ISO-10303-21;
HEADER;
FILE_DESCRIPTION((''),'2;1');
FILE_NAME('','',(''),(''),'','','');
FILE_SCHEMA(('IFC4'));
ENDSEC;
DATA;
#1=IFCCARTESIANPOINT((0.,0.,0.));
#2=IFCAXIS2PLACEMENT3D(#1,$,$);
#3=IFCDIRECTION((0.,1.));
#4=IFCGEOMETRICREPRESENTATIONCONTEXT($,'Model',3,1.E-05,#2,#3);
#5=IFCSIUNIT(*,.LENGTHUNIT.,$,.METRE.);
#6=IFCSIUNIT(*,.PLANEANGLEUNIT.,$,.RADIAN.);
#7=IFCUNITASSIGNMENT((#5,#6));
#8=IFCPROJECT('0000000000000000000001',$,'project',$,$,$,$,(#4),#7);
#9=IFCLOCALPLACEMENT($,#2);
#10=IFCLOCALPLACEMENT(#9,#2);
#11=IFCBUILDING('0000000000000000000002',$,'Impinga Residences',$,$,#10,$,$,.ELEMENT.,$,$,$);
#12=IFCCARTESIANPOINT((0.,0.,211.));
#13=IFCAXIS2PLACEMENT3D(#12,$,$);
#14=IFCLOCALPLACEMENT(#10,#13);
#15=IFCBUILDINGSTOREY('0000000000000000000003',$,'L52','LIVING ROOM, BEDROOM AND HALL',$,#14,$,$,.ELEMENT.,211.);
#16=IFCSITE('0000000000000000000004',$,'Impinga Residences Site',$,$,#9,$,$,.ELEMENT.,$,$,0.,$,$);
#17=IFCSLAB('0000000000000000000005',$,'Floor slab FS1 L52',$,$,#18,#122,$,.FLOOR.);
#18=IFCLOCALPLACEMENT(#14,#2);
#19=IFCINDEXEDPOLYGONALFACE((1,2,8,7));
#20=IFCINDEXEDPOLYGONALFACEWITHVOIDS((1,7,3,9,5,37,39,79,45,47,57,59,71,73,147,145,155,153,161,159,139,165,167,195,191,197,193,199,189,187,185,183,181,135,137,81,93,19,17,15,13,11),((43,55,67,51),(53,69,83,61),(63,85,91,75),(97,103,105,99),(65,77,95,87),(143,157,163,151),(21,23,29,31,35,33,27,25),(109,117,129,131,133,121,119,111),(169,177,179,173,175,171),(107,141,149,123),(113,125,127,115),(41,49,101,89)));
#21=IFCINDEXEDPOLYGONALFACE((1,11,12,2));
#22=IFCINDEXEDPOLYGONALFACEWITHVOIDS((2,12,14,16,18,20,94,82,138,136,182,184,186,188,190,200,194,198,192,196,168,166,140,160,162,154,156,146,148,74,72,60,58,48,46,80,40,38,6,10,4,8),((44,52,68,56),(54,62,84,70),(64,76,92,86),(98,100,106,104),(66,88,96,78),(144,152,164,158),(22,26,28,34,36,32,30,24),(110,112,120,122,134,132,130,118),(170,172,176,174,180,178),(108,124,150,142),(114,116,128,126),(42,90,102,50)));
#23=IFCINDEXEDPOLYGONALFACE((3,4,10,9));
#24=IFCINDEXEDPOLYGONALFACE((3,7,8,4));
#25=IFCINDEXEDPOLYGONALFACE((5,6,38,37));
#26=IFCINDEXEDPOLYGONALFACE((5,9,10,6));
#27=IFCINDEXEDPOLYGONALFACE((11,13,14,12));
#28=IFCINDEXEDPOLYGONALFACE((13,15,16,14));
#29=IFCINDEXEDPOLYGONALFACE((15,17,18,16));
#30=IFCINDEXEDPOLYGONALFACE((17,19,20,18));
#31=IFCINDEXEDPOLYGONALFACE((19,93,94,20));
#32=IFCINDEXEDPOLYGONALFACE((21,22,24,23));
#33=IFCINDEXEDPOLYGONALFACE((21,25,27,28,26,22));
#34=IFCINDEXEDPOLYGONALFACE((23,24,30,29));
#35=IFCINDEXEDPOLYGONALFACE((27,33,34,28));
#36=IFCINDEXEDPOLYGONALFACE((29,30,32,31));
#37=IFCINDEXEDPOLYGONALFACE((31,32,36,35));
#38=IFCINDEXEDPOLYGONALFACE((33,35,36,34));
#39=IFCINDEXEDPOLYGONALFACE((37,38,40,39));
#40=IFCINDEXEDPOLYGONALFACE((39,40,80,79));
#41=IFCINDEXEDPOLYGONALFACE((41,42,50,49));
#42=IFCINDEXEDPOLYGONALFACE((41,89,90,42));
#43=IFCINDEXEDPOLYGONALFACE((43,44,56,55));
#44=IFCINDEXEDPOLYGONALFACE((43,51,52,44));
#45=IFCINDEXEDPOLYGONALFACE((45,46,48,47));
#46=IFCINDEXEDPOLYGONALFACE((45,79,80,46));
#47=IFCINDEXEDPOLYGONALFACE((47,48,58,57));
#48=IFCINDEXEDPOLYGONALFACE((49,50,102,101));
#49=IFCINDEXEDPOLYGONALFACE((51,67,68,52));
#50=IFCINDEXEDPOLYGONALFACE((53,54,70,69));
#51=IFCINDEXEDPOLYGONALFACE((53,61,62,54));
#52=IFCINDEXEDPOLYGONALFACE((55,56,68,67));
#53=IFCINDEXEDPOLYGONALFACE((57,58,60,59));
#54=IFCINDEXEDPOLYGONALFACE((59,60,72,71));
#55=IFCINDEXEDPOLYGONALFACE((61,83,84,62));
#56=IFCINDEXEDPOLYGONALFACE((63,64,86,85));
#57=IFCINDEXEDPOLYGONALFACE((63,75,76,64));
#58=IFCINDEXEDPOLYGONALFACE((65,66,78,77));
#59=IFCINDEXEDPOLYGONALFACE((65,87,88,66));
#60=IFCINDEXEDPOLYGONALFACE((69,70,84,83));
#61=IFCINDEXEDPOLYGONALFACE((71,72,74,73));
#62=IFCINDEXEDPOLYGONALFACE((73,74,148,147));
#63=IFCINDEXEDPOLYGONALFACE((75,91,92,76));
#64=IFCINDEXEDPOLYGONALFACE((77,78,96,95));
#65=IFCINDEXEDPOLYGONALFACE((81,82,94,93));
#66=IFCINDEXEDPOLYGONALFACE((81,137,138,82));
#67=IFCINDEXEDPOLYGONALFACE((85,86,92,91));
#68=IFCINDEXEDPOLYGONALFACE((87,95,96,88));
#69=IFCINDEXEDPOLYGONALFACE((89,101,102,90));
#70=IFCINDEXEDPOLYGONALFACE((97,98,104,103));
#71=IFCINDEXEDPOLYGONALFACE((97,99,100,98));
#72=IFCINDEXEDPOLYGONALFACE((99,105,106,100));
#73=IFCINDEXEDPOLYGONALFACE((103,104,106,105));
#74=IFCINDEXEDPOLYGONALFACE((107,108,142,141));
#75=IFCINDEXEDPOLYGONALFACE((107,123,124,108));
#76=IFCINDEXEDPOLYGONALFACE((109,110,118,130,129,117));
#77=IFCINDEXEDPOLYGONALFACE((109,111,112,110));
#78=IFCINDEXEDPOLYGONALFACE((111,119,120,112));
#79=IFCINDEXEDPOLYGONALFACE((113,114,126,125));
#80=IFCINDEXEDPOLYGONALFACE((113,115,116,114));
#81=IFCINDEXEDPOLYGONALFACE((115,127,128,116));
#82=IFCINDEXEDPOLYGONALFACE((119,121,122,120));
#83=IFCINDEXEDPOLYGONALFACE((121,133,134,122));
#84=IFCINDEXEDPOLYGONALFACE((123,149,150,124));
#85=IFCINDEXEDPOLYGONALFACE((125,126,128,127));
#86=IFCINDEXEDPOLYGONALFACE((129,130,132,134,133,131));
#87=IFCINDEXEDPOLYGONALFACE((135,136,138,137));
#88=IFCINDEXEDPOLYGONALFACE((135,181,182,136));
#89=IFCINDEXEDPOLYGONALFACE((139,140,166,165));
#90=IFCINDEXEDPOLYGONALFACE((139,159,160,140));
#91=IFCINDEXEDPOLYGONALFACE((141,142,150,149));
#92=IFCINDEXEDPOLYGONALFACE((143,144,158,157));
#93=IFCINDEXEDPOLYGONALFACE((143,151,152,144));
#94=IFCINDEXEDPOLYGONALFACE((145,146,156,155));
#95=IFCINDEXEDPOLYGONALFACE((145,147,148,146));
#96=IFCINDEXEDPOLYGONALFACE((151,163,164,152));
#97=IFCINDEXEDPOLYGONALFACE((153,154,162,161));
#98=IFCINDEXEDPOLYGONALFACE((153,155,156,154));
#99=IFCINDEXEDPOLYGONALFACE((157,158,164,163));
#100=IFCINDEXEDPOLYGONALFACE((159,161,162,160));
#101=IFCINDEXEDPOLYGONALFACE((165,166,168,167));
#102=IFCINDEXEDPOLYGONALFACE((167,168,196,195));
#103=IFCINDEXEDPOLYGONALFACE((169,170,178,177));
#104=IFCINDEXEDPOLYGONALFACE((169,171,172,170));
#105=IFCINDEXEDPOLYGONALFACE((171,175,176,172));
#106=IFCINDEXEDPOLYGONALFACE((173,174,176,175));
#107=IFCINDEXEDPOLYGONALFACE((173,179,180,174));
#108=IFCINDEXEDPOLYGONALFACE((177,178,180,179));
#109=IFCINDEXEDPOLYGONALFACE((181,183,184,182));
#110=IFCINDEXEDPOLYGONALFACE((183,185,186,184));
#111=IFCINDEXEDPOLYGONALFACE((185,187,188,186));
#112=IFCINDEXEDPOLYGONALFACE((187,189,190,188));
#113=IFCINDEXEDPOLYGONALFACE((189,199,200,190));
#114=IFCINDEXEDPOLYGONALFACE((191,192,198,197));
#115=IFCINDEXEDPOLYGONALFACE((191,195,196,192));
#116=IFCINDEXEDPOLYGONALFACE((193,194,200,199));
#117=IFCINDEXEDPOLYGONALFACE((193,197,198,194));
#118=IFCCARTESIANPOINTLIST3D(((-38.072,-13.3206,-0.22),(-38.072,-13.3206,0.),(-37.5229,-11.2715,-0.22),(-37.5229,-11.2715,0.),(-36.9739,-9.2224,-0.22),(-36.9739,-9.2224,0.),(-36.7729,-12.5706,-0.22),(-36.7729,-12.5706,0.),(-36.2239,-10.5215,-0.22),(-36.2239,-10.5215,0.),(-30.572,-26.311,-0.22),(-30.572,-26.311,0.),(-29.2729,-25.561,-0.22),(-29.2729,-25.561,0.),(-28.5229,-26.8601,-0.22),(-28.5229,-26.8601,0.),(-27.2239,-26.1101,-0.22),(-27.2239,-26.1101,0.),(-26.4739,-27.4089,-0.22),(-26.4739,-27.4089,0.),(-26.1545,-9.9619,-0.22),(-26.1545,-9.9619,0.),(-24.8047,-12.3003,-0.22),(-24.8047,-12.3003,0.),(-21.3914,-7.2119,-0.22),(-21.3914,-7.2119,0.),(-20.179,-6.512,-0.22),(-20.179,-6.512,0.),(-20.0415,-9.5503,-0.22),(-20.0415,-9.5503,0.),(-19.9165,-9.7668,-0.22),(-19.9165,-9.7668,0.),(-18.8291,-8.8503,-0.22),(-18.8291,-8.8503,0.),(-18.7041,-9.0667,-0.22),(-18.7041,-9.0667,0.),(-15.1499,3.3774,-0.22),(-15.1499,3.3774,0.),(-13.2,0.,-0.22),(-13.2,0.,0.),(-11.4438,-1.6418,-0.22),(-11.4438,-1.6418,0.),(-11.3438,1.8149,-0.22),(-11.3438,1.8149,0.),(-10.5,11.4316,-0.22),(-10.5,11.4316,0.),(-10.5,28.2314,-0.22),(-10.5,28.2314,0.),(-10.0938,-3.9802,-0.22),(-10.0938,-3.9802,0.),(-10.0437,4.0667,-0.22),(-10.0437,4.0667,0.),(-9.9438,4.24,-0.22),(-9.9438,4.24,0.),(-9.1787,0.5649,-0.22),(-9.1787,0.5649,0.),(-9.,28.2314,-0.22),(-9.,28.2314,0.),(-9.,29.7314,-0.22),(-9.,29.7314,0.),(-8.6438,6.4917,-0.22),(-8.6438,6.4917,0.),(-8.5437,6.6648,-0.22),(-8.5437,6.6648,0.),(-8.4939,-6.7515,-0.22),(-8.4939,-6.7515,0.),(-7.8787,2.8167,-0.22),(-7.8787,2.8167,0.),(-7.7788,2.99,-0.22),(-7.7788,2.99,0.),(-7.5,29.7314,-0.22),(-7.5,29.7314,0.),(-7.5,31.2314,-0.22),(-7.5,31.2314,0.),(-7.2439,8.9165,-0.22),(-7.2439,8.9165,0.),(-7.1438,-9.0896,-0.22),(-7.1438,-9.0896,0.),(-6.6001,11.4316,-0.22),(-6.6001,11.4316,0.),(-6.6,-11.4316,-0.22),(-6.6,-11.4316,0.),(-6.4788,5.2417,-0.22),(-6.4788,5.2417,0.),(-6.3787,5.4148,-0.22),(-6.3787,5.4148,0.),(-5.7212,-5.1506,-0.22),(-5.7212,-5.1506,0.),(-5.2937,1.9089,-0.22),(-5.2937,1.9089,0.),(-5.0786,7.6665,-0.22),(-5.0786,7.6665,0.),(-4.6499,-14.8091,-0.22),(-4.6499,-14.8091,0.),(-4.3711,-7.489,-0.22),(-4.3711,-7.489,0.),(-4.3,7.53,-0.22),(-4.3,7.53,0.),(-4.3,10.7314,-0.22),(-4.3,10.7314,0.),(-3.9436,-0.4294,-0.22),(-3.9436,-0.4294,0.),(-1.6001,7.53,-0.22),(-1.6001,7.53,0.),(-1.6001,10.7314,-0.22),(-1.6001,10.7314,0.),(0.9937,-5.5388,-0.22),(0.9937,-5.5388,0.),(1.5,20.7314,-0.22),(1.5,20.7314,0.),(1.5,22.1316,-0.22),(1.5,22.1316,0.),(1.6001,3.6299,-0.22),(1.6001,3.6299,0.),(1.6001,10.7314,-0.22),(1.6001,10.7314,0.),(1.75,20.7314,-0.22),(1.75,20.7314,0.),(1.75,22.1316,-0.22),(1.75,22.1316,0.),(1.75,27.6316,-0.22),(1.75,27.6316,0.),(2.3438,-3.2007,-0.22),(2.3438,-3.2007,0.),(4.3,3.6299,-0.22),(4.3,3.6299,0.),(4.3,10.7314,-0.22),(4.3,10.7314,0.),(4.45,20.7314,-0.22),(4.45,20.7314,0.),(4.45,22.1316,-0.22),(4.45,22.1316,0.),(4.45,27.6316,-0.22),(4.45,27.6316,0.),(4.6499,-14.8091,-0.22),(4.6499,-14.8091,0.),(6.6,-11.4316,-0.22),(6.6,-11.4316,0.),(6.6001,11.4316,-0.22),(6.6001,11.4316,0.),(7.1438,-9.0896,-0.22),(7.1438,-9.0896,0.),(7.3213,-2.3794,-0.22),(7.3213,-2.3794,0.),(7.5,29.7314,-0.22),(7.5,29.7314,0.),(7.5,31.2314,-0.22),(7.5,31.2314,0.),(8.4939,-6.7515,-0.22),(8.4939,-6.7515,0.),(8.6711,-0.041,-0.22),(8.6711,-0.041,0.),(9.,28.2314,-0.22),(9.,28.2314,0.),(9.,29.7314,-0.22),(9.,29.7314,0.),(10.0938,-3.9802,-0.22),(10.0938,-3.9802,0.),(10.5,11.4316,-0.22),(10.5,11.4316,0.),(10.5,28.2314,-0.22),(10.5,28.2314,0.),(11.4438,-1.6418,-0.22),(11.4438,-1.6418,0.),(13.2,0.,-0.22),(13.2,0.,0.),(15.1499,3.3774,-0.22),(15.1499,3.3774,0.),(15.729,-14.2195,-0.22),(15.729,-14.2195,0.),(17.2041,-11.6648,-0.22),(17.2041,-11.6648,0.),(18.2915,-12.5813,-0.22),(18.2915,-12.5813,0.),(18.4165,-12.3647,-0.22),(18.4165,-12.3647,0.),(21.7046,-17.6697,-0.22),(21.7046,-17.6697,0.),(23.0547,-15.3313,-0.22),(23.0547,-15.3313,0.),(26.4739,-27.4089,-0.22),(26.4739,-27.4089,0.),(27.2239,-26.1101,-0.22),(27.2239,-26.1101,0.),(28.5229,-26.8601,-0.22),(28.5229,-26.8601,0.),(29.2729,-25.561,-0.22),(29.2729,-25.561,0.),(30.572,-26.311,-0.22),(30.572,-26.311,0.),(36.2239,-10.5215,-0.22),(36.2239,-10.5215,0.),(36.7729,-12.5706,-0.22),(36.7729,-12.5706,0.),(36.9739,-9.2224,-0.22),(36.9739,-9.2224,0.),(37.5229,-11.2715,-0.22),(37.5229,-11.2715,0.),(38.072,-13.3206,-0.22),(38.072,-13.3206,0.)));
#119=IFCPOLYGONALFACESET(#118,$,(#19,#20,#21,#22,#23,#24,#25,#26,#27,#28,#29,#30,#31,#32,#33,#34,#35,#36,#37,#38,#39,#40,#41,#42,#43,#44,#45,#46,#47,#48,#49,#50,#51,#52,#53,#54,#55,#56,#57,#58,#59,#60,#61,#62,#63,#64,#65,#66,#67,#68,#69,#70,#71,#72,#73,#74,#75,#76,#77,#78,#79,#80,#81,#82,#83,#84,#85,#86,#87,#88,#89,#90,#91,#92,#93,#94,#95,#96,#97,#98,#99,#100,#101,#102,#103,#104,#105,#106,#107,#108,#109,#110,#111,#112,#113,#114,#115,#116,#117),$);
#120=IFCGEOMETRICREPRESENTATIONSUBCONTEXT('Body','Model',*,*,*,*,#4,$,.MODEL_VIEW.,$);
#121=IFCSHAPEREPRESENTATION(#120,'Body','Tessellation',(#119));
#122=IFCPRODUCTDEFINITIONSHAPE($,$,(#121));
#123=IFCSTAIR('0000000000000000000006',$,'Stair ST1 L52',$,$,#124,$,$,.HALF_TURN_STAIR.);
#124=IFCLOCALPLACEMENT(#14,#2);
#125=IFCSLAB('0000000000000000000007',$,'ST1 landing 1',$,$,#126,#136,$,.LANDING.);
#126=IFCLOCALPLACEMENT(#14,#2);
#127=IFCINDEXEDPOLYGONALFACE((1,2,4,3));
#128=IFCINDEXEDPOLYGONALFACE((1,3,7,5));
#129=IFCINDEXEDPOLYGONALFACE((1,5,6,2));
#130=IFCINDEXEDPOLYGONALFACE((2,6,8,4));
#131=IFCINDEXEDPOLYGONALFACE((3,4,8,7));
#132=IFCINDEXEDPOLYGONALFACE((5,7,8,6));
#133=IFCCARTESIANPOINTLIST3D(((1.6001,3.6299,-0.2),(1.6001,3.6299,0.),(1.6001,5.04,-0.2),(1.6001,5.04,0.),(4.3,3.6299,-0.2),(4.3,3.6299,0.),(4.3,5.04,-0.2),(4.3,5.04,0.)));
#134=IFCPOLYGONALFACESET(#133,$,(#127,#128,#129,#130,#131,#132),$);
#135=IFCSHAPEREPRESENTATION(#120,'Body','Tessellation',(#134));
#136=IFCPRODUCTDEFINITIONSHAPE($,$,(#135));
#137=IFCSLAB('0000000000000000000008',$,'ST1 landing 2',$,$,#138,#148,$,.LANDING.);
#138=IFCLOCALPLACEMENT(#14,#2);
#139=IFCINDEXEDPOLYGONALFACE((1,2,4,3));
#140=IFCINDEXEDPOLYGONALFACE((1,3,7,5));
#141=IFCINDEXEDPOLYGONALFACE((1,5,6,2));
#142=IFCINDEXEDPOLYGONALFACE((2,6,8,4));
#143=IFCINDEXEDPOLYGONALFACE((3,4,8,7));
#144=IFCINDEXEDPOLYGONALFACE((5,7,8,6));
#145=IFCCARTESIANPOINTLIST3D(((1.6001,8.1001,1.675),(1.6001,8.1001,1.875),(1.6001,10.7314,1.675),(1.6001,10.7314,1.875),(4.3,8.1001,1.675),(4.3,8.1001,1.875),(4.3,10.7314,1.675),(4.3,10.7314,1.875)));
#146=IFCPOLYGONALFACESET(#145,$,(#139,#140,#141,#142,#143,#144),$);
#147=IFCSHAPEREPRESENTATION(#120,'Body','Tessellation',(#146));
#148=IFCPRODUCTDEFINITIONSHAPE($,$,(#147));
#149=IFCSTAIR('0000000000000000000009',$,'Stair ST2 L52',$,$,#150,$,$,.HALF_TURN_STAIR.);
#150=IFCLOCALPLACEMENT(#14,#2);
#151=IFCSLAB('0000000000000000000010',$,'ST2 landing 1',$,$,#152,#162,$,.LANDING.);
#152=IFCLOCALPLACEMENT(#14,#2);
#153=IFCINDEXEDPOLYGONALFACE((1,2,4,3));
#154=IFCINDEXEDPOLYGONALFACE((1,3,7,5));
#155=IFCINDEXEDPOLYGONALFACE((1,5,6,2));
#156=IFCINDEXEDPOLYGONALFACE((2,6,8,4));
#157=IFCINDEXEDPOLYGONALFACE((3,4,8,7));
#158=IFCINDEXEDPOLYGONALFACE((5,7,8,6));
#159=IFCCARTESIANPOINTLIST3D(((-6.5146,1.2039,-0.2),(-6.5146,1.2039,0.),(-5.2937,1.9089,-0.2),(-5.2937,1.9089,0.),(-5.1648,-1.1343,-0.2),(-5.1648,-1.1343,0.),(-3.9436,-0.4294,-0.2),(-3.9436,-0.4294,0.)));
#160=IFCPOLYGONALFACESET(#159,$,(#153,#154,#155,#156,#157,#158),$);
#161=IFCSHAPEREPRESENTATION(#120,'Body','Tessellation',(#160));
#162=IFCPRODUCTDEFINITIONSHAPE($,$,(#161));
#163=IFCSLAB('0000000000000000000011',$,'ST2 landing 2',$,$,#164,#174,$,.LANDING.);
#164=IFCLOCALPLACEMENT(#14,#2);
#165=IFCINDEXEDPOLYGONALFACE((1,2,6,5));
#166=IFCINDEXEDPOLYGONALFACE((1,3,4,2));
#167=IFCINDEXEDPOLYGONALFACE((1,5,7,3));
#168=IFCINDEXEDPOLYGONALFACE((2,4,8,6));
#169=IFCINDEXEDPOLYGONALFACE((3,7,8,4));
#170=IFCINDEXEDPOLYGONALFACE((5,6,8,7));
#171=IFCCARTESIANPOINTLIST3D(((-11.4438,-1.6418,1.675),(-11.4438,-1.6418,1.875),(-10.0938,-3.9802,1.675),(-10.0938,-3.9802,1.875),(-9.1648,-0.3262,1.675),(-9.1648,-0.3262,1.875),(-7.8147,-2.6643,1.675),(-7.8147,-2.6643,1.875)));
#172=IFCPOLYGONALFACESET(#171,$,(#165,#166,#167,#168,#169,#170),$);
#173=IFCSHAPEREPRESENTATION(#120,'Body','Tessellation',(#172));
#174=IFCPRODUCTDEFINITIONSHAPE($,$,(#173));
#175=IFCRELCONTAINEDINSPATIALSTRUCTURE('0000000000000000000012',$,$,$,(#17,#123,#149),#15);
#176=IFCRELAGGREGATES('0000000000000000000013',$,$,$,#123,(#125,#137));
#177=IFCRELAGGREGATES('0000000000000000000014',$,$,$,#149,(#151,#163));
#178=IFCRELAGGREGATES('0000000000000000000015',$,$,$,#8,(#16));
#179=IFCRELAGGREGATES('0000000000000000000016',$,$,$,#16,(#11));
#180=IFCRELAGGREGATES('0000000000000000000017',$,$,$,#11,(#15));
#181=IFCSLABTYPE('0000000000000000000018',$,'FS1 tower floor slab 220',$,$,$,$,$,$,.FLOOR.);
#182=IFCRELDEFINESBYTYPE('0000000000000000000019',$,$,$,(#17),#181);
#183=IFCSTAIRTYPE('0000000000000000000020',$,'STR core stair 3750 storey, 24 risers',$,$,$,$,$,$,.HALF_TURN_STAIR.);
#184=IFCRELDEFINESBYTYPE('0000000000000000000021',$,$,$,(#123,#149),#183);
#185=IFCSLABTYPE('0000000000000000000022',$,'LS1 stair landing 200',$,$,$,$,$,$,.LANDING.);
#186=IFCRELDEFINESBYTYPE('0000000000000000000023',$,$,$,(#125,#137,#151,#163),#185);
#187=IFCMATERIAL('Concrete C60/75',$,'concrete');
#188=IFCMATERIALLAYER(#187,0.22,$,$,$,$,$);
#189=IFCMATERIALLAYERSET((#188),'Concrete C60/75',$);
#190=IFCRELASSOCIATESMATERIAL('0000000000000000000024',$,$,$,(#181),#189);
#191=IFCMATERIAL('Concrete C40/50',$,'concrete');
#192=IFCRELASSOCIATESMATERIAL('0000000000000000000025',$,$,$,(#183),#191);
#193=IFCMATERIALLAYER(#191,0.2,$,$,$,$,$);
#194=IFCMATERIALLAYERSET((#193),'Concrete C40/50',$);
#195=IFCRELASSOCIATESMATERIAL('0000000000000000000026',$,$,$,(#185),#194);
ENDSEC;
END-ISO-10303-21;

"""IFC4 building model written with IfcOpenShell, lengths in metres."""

from ifc_helpers import new_model, si_unit, direction, frame, origin, place, context, subcontext, project, spatial, polyline, outline, extrude, material, layer, layer_set, type_object, element, aggregate, save


model = new_model("IFC4")

# Units and contexts
model_context = context("Model", 3, precision=1e-05, world=origin(), true_north=direction((0.0, 1.0)))
body_context = subcontext(model_context, "Body", "Model", "MODEL_VIEW")
ifc_project = project(units=[si_unit("LENGTHUNIT", "METRE"), si_unit("PLANEANGLEUNIT", "RADIAN")], contexts=[model_context])

# Site, building, storey
site_placement = place(None, origin())
site = spatial("IfcSite", under=ifc_project, at=site_placement, Name="Impinga Residences Site", CompositionType="ELEMENT", RefElevation=0.0)
building_placement = place(site_placement, origin())
building = spatial("IfcBuilding", under=site, at=building_placement, Name="Impinga Residences", CompositionType="ELEMENT")
storey_placement = place(building_placement, frame((0.0, 0.0, 211.0)))
storey = spatial("IfcBuildingStorey", under=building, at=storey_placement, Name="L52", Description="LIVING ROOM, BEDROOM AND HALL", CompositionType="ELEMENT", Elevation=211.0)

# Slab
ifc_material_1 = material(Name="Concrete C60/75", Category="concrete")
ifc_layer_1 = layer(ifc_material_1, 0.22)
ifc_layer_set_1 = layer_set([ifc_layer_1], Name="Concrete C60/75")
slab_type_1 = type_object("IfcSlabType", Name="FS1 tower floor slab 220", PredefinedType="FLOOR", material=ifc_layer_set_1)
slab_1_placement = place(storey_placement, frame((0.0, 0.0, -0.22)))
element("IfcSlab", 1, at=slab_1_placement, inside=storey, type_object=slab_type_1, Name="Floor slab FS1 L52", PredefinedType="FLOOR", context=body_context, shape_type="SweptSolid", body=[
    extrude(outline(polyline([(-27.2239, -26.1101), (-28.5229, -26.8601), (-29.2729, -25.561), (-30.572, -26.311), (-38.072, -13.3206), (-36.7729, -12.5706), (-37.5229, -11.2715), (-36.2239, -10.5215), (-36.9739, -9.2224), (-15.1499, 3.3774), (-13.2, 0.0), (-6.6001, 11.4316), (-10.5, 11.4316), (-10.5, 28.2314), (-9.0, 28.2314), (-9.0, 29.7314), (-7.5, 29.7314), (-7.5, 31.2314), (7.5, 31.2314), (7.5, 29.7314), (9.0, 29.7314), (9.0, 28.2314), (10.5, 28.2314), (10.5, 11.4316), (6.6001, 11.4316), (13.2, 0.0), (15.1499, 3.3774), (36.9739, -9.2224), (36.2239, -10.5215), (37.5229, -11.2715), (36.7729, -12.5706), (38.072, -13.3206), (30.572, -26.311), (29.2729, -25.561), (28.5229, -26.8601), (27.2239, -26.1101), (26.4739, -27.4089), (4.6499, -14.8091), (9.9001, -5.7158), (6.6001, -11.4316), (-6.6001, -11.4316), (-9.9001, -5.7158), (-4.6499, -14.8091), (-26.4739, -27.4089), (-27.2239, -26.1101)]), holes=[polyline([(-18.7041, -9.0667), (-18.8291, -8.8503), (-18.8291, -8.8503), (-20.179, -6.512), (-21.3914, -7.2119), (-21.3914, -7.2119), (-26.1545, -9.9619), (-24.8047, -12.3003), (-20.0415, -9.5503), (-19.9165, -9.7668), (-18.7041, -9.0667)]), polyline([(-5.7212, -5.1506), (-8.4939, -6.7515), (-7.1438, -9.0896), (-4.3711, -7.489), (-5.7212, -5.1506)]), polyline([(-5.2937, 1.9089), (-11.4438, -1.6418), (-10.0938, -3.9802), (-3.9436, -0.4294), (-5.2937, 1.9089)]), polyline([(-7.8787, 2.8167), (-10.0437, 4.0667), (-11.3438, 1.8149), (-9.1787, 0.5649), (-7.8787, 2.8167)]), polyline([(-6.4788, 5.2417), (-8.6438, 6.4917), (-9.9438, 4.24), (-7.7788, 2.99), (-6.4788, 5.2417)]), polyline([(-6.3787, 5.4148), (-5.0786, 7.6665), (-7.2439, 8.9165), (-8.5437, 6.6648), (-6.3787, 5.4148)]), polyline([(-4.3, 7.53), (-1.6001, 7.53), (-1.6001, 10.7314), (-4.3, 10.7314), (-4.3, 7.53)]), polyline([(15.729, -14.2195), (21.7046, -17.6697), (23.0547, -15.3313), (18.2915, -12.5813), (18.4165, -12.3647), (17.2041, -11.6648), (15.729, -14.2195)]), polyline([(0.9937, -5.5388), (7.1438, -9.0896), (8.4939, -6.7515), (2.3438, -3.2007), (0.9937, -5.5388)]), polyline([(7.3213, -2.3794), (10.0938, -3.9802), (11.4438, -1.6418), (8.6711, -0.041), (7.3213, -2.3794)]), polyline([(4.3, 3.6299), (4.3, 10.7314), (1.6001, 10.7314), (1.6001, 3.6299), (4.3, 3.6299)]), polyline([(1.75, 22.1316), (1.5, 22.1316), (1.5, 20.7314), (1.75, 20.7314), (4.45, 20.7314), (4.45, 22.1316), (4.45, 27.6316), (1.75, 27.6316), (1.75, 22.1316)])]), origin(), (0.0, 0.0, 1.0), 0.22),
])

# Stairs, slabs
ifc_material_2 = material(Name="Concrete C40/50", Category="concrete")
stair_type_1 = type_object("IfcStairType", Name="STR core stair 3750 storey, 24 risers", PredefinedType="HALF_TURN_STAIR", material=ifc_material_2)
stair_1_placement = place(storey_placement, origin())
stair_1 = element("IfcStair", 2, at=stair_1_placement, inside=storey, type_object=stair_type_1, Name="Stair ST1 L52", PredefinedType="HALF_TURN_STAIR")
ifc_layer_2 = layer(ifc_material_2, 0.2)
ifc_layer_set_2 = layer_set([ifc_layer_2], Name="Concrete C40/50")
slab_type_2 = type_object("IfcSlabType", Name="LS1 stair landing 200", PredefinedType="LANDING", material=ifc_layer_set_2)
slab_2_placement = place(storey_placement, frame((0.0, 0.0, -0.2)))
slab_2 = element("IfcSlab", 3, at=slab_2_placement, type_object=slab_type_2, Name="ST1 landing 1", PredefinedType="LANDING", context=body_context, shape_type="SweptSolid", body=[
    extrude(outline(polyline([(1.6001, 3.6299), (4.3, 3.6299), (4.3, 5.04), (1.6001, 5.04), (1.6001, 3.6299)])), origin(), (0.0, 0.0, 1.0), 0.2),
])
slab_3_placement = place(storey_placement, frame((0.0, 0.0, 1.675)))
slab_3 = element("IfcSlab", 4, at=slab_3_placement, type_object=slab_type_2, Name="ST1 landing 2", PredefinedType="LANDING", context=body_context, shape_type="SweptSolid", body=[
    extrude(outline(polyline([(1.6001, 8.1001), (4.3, 8.1001), (4.3, 10.7314), (1.6001, 10.7314), (1.6001, 8.1001)])), origin(), (0.0, 0.0, 1.0), 0.2),
])
aggregate(stair_1, [slab_2, slab_3])
stair_2_placement = place(storey_placement, origin())
stair_2 = element("IfcStair", 5, at=stair_2_placement, inside=storey, type_object=stair_type_1, Name="Stair ST2 L52", PredefinedType="HALF_TURN_STAIR")
slab_4_placement = place(storey_placement, frame((0.0, 0.0, -0.2)))
slab_4 = element("IfcSlab", 6, at=slab_4_placement, type_object=slab_type_2, Name="ST2 landing 1", PredefinedType="LANDING", context=body_context, shape_type="SweptSolid", body=[
    extrude(outline(polyline([(-3.9436, -0.4294), (-5.2937, 1.9089), (-6.5146, 1.2039), (-5.1648, -1.1343), (-3.9436, -0.4294)])), origin(), (0.0, 0.0, 1.0), 0.2),
])
slab_5_placement = place(storey_placement, frame((0.0, 0.0, 1.675)))
slab_5 = element("IfcSlab", 7, at=slab_5_placement, type_object=slab_type_2, Name="ST2 landing 2", PredefinedType="LANDING", context=body_context, shape_type="SweptSolid", body=[
    extrude(outline(polyline([(-7.8147, -2.6643), (-9.1648, -0.3262), (-11.4438, -1.6418), (-10.0938, -3.9802), (-7.8147, -2.6643)])), origin(), (0.0, 0.0, 1.0), 0.2),
])

aggregate(stair_2, [slab_4, slab_5])

save(model, "model.ifc")
